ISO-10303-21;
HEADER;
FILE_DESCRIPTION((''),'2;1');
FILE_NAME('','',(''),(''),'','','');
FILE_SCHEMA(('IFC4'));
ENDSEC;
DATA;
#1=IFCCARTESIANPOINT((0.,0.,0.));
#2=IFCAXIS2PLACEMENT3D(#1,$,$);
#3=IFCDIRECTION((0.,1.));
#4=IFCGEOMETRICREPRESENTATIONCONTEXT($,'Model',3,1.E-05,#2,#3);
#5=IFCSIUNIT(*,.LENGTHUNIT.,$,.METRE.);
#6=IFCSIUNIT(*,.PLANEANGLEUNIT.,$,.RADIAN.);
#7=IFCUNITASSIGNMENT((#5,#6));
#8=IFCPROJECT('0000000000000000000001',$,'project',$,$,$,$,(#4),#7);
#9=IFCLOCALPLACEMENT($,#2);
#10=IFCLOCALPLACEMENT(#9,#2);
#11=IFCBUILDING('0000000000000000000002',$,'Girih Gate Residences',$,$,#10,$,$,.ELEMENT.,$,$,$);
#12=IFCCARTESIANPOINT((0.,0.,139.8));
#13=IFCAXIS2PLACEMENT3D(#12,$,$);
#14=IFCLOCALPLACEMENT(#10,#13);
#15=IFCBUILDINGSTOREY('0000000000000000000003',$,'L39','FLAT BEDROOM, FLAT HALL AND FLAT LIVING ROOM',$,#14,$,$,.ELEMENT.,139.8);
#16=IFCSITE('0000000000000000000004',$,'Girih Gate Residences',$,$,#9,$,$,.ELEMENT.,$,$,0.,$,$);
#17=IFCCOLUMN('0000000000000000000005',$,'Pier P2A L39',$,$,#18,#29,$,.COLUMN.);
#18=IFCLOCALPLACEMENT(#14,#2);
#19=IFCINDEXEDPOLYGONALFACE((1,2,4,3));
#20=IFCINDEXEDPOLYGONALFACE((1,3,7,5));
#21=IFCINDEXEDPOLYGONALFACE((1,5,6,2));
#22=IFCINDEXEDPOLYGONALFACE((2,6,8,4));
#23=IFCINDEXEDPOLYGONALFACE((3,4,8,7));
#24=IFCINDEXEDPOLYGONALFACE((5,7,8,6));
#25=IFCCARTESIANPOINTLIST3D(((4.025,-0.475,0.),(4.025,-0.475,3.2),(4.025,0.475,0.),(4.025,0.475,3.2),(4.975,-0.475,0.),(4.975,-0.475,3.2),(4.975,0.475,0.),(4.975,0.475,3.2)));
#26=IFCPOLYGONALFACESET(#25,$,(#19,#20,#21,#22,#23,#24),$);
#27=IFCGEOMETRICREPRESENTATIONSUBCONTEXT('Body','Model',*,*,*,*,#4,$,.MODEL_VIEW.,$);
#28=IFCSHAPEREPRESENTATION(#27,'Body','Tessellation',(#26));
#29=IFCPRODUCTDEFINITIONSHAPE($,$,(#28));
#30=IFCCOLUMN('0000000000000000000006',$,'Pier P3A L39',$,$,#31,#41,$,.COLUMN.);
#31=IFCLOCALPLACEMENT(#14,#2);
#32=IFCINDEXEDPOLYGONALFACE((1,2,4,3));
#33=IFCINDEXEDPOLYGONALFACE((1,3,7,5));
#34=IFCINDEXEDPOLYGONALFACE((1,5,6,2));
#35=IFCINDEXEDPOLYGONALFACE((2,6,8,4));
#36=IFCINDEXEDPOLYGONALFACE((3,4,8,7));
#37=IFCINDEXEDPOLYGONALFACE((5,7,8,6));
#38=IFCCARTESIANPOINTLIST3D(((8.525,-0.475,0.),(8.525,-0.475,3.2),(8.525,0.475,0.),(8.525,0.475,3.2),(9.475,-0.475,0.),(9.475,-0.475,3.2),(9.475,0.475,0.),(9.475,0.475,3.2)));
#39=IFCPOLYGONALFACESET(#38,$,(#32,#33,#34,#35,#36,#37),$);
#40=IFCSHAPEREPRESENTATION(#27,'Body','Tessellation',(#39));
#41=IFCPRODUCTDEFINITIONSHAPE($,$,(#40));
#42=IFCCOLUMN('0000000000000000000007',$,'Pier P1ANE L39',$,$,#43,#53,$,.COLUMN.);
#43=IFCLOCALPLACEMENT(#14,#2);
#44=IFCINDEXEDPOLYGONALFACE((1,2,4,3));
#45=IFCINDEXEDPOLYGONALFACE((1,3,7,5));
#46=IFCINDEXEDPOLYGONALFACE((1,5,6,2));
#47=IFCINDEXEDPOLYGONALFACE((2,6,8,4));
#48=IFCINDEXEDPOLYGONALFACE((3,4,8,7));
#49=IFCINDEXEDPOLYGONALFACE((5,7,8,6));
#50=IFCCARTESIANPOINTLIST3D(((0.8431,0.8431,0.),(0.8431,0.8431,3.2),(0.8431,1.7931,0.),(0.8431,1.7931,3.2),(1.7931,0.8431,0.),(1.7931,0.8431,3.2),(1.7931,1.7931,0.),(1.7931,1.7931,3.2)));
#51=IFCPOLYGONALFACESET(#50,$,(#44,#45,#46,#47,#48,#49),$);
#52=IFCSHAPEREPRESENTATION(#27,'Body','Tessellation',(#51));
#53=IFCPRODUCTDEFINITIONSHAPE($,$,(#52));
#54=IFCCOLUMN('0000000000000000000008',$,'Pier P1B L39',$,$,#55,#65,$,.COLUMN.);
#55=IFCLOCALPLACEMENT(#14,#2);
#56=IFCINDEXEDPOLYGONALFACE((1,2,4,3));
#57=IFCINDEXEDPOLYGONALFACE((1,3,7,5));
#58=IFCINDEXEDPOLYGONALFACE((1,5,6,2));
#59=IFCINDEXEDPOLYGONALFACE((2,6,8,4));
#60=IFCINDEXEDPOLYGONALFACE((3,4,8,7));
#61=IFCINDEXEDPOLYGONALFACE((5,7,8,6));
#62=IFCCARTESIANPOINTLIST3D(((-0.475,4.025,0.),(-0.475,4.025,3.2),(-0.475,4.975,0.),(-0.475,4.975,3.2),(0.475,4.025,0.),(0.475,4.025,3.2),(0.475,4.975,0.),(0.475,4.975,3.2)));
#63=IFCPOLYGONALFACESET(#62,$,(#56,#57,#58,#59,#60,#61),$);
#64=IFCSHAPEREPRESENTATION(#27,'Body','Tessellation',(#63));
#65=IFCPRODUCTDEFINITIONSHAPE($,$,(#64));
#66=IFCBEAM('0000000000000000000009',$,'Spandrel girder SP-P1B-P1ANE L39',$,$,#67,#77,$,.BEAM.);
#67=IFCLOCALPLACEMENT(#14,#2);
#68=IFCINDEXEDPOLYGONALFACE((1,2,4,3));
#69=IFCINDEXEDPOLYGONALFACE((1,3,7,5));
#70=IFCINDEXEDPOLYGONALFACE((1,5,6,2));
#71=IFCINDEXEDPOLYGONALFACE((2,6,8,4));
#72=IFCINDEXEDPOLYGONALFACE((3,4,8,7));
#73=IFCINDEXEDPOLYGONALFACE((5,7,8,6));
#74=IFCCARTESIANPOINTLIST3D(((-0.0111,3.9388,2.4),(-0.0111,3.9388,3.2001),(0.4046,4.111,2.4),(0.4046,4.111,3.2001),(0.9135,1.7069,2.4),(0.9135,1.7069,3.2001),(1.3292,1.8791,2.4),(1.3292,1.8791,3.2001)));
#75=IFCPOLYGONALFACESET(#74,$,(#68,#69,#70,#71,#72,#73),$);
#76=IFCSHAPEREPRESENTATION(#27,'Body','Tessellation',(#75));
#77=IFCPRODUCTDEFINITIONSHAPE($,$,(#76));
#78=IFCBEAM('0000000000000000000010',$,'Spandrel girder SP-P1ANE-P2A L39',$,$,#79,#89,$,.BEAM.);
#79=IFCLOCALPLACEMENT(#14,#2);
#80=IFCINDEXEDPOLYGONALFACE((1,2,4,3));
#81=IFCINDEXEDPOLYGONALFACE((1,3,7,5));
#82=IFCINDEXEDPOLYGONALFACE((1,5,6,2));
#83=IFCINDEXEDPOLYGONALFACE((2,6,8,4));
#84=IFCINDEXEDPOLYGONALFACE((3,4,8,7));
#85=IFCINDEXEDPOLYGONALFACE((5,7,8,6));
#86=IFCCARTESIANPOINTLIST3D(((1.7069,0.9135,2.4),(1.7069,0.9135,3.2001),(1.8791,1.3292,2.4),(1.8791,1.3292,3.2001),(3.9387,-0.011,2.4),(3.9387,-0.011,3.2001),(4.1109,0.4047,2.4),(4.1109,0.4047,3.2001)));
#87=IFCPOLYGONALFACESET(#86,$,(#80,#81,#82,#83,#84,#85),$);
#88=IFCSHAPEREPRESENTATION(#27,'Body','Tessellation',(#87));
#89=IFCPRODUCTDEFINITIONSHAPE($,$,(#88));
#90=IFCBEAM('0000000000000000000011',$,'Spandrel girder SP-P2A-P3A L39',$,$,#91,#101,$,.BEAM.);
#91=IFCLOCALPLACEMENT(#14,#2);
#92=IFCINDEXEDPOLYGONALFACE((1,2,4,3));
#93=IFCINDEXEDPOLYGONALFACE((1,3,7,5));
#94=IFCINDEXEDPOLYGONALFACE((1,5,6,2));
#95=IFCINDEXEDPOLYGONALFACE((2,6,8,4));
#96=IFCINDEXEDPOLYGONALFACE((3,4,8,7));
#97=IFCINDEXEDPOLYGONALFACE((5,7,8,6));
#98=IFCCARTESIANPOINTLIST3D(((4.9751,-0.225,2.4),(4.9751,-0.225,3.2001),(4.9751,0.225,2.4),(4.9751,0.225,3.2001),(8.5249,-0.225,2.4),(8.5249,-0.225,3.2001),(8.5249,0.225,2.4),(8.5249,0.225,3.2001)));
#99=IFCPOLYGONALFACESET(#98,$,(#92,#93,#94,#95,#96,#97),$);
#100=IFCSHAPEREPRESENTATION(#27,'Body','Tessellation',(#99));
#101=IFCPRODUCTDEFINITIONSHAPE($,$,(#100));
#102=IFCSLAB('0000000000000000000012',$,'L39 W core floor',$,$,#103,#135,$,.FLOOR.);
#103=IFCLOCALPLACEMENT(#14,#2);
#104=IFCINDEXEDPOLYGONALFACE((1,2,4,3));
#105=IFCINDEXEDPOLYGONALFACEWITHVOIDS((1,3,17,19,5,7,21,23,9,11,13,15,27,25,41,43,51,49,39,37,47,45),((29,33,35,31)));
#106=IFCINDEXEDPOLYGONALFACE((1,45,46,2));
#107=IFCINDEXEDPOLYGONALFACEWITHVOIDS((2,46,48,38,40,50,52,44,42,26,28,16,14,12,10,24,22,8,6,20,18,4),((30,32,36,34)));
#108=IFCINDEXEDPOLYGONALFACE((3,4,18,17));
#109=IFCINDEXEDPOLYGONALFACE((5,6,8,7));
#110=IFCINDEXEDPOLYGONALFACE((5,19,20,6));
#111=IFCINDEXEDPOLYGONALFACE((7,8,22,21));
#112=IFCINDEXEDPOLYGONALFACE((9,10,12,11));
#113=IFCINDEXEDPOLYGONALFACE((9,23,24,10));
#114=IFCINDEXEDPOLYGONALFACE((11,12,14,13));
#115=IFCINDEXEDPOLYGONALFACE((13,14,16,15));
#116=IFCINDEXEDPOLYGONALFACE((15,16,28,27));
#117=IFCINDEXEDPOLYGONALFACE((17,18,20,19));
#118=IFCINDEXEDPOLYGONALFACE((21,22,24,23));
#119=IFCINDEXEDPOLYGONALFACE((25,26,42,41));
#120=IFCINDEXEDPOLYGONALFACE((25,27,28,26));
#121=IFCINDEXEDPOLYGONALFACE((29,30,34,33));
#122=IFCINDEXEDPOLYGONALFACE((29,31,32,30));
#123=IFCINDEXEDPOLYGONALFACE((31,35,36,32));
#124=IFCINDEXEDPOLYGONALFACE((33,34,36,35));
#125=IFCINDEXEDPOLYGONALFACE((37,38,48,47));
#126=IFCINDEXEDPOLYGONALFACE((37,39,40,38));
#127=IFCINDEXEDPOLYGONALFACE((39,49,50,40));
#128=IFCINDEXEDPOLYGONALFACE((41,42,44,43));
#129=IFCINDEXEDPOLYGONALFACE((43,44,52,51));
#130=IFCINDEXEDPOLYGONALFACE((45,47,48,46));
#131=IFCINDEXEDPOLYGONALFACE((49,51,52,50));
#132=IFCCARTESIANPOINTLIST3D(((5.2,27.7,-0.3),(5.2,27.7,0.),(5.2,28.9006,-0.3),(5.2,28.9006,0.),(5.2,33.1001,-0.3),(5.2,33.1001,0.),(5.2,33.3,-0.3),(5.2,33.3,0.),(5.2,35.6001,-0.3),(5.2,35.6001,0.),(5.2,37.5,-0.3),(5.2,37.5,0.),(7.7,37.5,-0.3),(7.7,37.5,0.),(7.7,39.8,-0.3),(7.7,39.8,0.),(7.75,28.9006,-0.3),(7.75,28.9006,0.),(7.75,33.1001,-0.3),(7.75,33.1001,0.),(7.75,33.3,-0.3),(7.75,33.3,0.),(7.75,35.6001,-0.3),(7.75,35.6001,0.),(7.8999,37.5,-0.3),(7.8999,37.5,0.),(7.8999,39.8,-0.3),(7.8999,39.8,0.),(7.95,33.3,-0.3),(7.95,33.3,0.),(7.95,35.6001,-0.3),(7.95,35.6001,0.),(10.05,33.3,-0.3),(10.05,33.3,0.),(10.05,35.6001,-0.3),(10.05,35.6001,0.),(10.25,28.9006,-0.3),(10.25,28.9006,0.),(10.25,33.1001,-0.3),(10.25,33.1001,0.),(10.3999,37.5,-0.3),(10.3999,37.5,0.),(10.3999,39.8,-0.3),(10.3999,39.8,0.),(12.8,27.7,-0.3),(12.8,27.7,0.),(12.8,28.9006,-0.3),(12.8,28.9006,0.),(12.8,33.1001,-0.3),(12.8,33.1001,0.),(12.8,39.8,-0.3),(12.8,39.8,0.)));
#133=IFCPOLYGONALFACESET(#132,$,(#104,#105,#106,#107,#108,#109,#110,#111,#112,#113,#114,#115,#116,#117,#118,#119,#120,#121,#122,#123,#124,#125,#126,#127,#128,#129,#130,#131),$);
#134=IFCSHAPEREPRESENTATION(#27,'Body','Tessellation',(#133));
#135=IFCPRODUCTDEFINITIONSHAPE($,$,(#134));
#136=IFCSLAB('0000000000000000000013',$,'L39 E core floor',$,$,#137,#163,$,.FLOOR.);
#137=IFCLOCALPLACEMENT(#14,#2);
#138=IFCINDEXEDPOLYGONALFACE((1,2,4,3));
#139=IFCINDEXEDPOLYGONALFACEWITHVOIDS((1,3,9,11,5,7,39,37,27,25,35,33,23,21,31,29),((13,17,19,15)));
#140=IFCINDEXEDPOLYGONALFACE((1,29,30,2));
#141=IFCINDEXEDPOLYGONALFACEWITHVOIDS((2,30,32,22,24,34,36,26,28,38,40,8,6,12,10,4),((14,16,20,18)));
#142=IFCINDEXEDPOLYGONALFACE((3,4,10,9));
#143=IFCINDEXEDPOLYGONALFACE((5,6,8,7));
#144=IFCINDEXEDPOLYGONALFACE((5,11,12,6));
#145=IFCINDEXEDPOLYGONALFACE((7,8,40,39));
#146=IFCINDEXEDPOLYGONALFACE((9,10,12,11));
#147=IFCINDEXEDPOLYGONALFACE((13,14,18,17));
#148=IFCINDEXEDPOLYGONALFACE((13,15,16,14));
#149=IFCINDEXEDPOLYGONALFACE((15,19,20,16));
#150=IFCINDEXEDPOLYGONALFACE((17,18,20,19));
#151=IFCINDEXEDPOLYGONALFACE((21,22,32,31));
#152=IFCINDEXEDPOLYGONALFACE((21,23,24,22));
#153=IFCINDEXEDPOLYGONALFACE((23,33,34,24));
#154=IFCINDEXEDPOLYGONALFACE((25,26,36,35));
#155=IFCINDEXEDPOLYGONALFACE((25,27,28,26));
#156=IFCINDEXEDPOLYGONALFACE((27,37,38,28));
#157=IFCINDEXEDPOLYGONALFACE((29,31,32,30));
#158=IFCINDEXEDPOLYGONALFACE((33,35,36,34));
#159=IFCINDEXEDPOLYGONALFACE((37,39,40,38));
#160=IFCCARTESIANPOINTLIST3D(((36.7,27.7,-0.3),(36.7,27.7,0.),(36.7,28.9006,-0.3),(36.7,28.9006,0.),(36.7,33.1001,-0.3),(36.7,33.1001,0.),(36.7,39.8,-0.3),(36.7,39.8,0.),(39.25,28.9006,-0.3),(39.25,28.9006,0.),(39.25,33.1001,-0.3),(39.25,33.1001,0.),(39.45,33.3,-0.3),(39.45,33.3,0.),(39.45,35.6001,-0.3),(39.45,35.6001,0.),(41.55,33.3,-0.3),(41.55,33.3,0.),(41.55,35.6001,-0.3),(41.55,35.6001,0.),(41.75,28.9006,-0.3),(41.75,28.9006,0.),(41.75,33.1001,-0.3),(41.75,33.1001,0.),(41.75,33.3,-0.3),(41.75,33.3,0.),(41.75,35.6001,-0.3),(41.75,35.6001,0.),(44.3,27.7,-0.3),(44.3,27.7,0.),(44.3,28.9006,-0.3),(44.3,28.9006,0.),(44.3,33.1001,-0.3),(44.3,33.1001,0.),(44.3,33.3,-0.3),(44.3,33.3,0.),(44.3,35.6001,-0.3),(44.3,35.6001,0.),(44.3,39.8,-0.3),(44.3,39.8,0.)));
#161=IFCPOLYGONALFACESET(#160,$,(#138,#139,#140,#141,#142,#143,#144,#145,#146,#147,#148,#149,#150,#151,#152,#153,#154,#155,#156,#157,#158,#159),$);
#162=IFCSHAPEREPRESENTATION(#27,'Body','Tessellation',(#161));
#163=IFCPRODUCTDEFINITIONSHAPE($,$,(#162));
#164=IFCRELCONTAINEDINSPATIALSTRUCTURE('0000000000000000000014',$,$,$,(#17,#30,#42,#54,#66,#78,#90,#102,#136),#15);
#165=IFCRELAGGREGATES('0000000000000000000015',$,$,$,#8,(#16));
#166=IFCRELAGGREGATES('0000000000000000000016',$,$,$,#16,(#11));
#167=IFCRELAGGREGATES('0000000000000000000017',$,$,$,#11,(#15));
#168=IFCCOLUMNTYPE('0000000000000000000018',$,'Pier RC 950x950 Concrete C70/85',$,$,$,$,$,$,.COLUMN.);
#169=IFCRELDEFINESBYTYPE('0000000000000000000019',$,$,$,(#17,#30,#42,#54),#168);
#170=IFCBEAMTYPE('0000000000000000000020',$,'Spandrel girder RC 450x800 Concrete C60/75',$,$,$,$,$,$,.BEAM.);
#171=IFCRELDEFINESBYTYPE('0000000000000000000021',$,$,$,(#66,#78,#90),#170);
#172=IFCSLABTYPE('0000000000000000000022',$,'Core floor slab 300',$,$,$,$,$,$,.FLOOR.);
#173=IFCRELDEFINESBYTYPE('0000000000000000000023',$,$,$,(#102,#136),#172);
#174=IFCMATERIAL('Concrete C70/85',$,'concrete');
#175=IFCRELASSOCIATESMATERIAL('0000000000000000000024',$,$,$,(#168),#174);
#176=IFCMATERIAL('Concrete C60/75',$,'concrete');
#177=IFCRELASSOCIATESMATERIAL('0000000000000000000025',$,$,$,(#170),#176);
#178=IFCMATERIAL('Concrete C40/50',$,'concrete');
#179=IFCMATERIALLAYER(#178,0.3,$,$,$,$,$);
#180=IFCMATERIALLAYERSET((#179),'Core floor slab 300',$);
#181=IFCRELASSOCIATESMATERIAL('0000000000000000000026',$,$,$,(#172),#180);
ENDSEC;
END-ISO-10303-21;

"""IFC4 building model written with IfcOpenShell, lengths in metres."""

from ifc_helpers import new_model, si_unit, direction, frame, origin, origin_2d, place, context, subcontext, project, spatial, polyline, rectangle, outline, extrude, material, layer, layer_set, material_profile, profile_set, type_object, element, save


model = new_model("IFC4")

# Units and contexts
model_context = context("Model", 3, precision=1e-05, world=origin(), true_north=direction((0.0, 1.0)))
body_context = subcontext(model_context, "Body", "Model", "MODEL_VIEW")
ifc_project = project(units=[si_unit("LENGTHUNIT", "METRE"), si_unit("PLANEANGLEUNIT", "RADIAN")], contexts=[model_context])

# Site, building, storey
site_placement = place(None, origin())
site = spatial("IfcSite", under=ifc_project, at=site_placement, Name="Girih Gate Residences", CompositionType="ELEMENT", RefElevation=0.0)
building_placement = place(site_placement, origin())
building = spatial("IfcBuilding", under=site, at=building_placement, Name="Girih Gate Residences", CompositionType="ELEMENT")
storey_placement = place(building_placement, frame((0.0, 0.0, 139.8)))
storey = spatial("IfcBuildingStorey", under=building, at=storey_placement, Name="L39", Description="FLAT BEDROOM, FLAT HALL AND FLAT LIVING ROOM", CompositionType="ELEMENT", Elevation=139.8)

# Columns
ifc_material_1 = material(Name="Concrete C70/85", Category="concrete")
ifc_material_profile_1 = material_profile(ifc_material_1, rectangle(XDim=0.95, YDim=0.95, at=origin_2d()))
ifc_profile_set_1 = profile_set([ifc_material_profile_1], Name="Concrete C70/85")
column_type = type_object("IfcColumnType", Name="Pier RC 950x950 Concrete C70/85", PredefinedType="COLUMN", material=ifc_profile_set_1)
for number, where, z_axis, x_axis, name in (
    (1, (4.5, 0.0, 0.0), (0.0, 0.0, 1.0), (1.0, 0.0, 0.0), "Pier P2A L39"),
    (2, (9.0, 0.0, 0.0), (0.0, 0.0, 1.0), (1.0, 0.0, 0.0), "Pier P3A L39"),
    (3, (1.3181, 1.3181, 0.0), (0.0, 0.0, 1.0), (1.0, 0.0, 0.0), "Pier P1ANE L39"),
    (4, (0.0, 4.5, 0.0), (0.0, 0.0, 1.0), (1.0, 0.0, 0.0), "Pier P1B L39"),
):
    element("IfcColumn", number, at=place(storey_placement, frame(where, z_axis=z_axis, x_axis=x_axis)), inside=storey, type_object=column_type, Name=name, PredefinedType="COLUMN", context=body_context, shape_type="SweptSolid", body=[
        extrude(rectangle(XDim=0.95, YDim=0.95, at=origin_2d()), origin(), (0.0, 0.0, 1.0), 3.2),
    ])

# Beams
ifc_material_2 = material(Name="Concrete C60/75", Category="concrete")
ifc_material_profile_2 = material_profile(ifc_material_2, rectangle(XDim=0.45, YDim=0.8, at=origin_2d()))
ifc_profile_set_2 = profile_set([ifc_material_profile_2], Name="Concrete C60/75")
beam_type = type_object("IfcBeamType", Name="Spandrel girder RC 450x800 Concrete C60/75", PredefinedType="BEAM", material=ifc_profile_set_2)
for number, where, z_axis, x_axis, name in (
    (5, (0.1968, 4.0249, 2.8), (0.382706, -0.92387, 0.0), (0.92387, 0.382706, 0.0), "Spandrel girder SP-P1B-P1ANE L39"),
    (6, (1.793, 1.1213, 2.8), (0.92387, -0.382706, 0.0), (0.382706, 0.92387, 0.0), "Spandrel girder SP-P1ANE-P2A L39"),
):
    element("IfcBeam", number, at=place(storey_placement, frame(where, z_axis=z_axis, x_axis=x_axis)), inside=storey, type_object=beam_type, Name=name, PredefinedType="BEAM", context=body_context, shape_type="SweptSolid", body=[
        extrude(rectangle(XDim=0.45, YDim=0.8, at=origin_2d()), origin(), (0.0, 0.0, 1.0), 2.4158),
    ])
beam_placement = place(storey_placement, frame((4.9751, 0.0, 2.8), z_axis=(1.0, 0.0, 0.0), x_axis=(0.0, 1.0, 0.0)))
element("IfcBeam", 7, at=beam_placement, inside=storey, type_object=beam_type, Name="Spandrel girder SP-P2A-P3A L39", PredefinedType="BEAM", context=body_context, shape_type="SweptSolid", body=[
    extrude(rectangle(XDim=0.45, YDim=0.8, at=origin_2d()), origin(), (0.0, 0.0, 1.0), 3.5498),
])

# Slabs
ifc_material_3 = material(Name="Concrete C40/50", Category="concrete")
ifc_layer_1 = layer(ifc_material_3, 0.3)
ifc_layer_set_1 = layer_set([ifc_layer_1], Name="Core floor slab 300")
slab_type_1 = type_object("IfcSlabType", Name="Core floor slab 300", PredefinedType="FLOOR", material=ifc_layer_set_1)
slab_1_placement = place(storey_placement, frame((0.0, 0.0, -0.3)))
element("IfcSlab", 8, at=slab_1_placement, inside=storey, type_object=slab_type_1, Name="L39 W core floor", PredefinedType="FLOOR", context=body_context, shape_type="SweptSolid", body=[
    extrude(outline(polyline([(12.8, 27.7), (5.2, 27.7), (5.2, 28.9006), (7.75, 28.9006), (7.75, 33.1001), (5.2, 33.1001), (5.2, 33.3), (7.75, 33.3), (7.75, 35.6001), (5.2, 35.6001), (5.2, 37.5), (7.7, 37.5), (7.7, 39.8), (7.8999, 39.8), (7.8999, 37.5), (10.3999, 37.5), (10.3999, 39.8), (12.8, 39.8), (12.8, 33.1001), (10.25, 33.1001), (10.25, 28.9006), (12.8, 28.9006), (12.8, 27.7)]), holes=[polyline([(7.95, 33.3), (10.05, 33.3), (10.05, 35.6001), (7.95, 35.6001), (7.95, 33.3)])]), origin(), (0.0, 0.0, 1.0), 0.3),
])
slab_2_placement = place(storey_placement, frame((0.0, 0.0, -0.3)))
element("IfcSlab", 9, at=slab_2_placement, inside=storey, type_object=slab_type_1, Name="L39 E core floor", PredefinedType="FLOOR", context=body_context, shape_type="SweptSolid", body=[
    extrude(outline(polyline([(44.3, 27.7), (36.7, 27.7), (36.7, 28.9006), (39.25, 28.9006), (39.25, 33.1001), (36.7, 33.1001), (36.7, 39.8), (44.3, 39.8), (44.3, 35.6001), (41.75, 35.6001), (41.75, 33.3), (44.3, 33.3), (44.3, 33.1001), (41.75, 33.1001), (41.75, 28.9006), (44.3, 28.9006), (44.3, 27.7)]), holes=[polyline([(39.45, 33.3), (41.55, 33.3), (41.55, 35.6001), (39.45, 35.6001), (39.45, 33.3)])]), origin(), (0.0, 0.0, 1.0), 0.3),
])

save(model, "model.ifc")
